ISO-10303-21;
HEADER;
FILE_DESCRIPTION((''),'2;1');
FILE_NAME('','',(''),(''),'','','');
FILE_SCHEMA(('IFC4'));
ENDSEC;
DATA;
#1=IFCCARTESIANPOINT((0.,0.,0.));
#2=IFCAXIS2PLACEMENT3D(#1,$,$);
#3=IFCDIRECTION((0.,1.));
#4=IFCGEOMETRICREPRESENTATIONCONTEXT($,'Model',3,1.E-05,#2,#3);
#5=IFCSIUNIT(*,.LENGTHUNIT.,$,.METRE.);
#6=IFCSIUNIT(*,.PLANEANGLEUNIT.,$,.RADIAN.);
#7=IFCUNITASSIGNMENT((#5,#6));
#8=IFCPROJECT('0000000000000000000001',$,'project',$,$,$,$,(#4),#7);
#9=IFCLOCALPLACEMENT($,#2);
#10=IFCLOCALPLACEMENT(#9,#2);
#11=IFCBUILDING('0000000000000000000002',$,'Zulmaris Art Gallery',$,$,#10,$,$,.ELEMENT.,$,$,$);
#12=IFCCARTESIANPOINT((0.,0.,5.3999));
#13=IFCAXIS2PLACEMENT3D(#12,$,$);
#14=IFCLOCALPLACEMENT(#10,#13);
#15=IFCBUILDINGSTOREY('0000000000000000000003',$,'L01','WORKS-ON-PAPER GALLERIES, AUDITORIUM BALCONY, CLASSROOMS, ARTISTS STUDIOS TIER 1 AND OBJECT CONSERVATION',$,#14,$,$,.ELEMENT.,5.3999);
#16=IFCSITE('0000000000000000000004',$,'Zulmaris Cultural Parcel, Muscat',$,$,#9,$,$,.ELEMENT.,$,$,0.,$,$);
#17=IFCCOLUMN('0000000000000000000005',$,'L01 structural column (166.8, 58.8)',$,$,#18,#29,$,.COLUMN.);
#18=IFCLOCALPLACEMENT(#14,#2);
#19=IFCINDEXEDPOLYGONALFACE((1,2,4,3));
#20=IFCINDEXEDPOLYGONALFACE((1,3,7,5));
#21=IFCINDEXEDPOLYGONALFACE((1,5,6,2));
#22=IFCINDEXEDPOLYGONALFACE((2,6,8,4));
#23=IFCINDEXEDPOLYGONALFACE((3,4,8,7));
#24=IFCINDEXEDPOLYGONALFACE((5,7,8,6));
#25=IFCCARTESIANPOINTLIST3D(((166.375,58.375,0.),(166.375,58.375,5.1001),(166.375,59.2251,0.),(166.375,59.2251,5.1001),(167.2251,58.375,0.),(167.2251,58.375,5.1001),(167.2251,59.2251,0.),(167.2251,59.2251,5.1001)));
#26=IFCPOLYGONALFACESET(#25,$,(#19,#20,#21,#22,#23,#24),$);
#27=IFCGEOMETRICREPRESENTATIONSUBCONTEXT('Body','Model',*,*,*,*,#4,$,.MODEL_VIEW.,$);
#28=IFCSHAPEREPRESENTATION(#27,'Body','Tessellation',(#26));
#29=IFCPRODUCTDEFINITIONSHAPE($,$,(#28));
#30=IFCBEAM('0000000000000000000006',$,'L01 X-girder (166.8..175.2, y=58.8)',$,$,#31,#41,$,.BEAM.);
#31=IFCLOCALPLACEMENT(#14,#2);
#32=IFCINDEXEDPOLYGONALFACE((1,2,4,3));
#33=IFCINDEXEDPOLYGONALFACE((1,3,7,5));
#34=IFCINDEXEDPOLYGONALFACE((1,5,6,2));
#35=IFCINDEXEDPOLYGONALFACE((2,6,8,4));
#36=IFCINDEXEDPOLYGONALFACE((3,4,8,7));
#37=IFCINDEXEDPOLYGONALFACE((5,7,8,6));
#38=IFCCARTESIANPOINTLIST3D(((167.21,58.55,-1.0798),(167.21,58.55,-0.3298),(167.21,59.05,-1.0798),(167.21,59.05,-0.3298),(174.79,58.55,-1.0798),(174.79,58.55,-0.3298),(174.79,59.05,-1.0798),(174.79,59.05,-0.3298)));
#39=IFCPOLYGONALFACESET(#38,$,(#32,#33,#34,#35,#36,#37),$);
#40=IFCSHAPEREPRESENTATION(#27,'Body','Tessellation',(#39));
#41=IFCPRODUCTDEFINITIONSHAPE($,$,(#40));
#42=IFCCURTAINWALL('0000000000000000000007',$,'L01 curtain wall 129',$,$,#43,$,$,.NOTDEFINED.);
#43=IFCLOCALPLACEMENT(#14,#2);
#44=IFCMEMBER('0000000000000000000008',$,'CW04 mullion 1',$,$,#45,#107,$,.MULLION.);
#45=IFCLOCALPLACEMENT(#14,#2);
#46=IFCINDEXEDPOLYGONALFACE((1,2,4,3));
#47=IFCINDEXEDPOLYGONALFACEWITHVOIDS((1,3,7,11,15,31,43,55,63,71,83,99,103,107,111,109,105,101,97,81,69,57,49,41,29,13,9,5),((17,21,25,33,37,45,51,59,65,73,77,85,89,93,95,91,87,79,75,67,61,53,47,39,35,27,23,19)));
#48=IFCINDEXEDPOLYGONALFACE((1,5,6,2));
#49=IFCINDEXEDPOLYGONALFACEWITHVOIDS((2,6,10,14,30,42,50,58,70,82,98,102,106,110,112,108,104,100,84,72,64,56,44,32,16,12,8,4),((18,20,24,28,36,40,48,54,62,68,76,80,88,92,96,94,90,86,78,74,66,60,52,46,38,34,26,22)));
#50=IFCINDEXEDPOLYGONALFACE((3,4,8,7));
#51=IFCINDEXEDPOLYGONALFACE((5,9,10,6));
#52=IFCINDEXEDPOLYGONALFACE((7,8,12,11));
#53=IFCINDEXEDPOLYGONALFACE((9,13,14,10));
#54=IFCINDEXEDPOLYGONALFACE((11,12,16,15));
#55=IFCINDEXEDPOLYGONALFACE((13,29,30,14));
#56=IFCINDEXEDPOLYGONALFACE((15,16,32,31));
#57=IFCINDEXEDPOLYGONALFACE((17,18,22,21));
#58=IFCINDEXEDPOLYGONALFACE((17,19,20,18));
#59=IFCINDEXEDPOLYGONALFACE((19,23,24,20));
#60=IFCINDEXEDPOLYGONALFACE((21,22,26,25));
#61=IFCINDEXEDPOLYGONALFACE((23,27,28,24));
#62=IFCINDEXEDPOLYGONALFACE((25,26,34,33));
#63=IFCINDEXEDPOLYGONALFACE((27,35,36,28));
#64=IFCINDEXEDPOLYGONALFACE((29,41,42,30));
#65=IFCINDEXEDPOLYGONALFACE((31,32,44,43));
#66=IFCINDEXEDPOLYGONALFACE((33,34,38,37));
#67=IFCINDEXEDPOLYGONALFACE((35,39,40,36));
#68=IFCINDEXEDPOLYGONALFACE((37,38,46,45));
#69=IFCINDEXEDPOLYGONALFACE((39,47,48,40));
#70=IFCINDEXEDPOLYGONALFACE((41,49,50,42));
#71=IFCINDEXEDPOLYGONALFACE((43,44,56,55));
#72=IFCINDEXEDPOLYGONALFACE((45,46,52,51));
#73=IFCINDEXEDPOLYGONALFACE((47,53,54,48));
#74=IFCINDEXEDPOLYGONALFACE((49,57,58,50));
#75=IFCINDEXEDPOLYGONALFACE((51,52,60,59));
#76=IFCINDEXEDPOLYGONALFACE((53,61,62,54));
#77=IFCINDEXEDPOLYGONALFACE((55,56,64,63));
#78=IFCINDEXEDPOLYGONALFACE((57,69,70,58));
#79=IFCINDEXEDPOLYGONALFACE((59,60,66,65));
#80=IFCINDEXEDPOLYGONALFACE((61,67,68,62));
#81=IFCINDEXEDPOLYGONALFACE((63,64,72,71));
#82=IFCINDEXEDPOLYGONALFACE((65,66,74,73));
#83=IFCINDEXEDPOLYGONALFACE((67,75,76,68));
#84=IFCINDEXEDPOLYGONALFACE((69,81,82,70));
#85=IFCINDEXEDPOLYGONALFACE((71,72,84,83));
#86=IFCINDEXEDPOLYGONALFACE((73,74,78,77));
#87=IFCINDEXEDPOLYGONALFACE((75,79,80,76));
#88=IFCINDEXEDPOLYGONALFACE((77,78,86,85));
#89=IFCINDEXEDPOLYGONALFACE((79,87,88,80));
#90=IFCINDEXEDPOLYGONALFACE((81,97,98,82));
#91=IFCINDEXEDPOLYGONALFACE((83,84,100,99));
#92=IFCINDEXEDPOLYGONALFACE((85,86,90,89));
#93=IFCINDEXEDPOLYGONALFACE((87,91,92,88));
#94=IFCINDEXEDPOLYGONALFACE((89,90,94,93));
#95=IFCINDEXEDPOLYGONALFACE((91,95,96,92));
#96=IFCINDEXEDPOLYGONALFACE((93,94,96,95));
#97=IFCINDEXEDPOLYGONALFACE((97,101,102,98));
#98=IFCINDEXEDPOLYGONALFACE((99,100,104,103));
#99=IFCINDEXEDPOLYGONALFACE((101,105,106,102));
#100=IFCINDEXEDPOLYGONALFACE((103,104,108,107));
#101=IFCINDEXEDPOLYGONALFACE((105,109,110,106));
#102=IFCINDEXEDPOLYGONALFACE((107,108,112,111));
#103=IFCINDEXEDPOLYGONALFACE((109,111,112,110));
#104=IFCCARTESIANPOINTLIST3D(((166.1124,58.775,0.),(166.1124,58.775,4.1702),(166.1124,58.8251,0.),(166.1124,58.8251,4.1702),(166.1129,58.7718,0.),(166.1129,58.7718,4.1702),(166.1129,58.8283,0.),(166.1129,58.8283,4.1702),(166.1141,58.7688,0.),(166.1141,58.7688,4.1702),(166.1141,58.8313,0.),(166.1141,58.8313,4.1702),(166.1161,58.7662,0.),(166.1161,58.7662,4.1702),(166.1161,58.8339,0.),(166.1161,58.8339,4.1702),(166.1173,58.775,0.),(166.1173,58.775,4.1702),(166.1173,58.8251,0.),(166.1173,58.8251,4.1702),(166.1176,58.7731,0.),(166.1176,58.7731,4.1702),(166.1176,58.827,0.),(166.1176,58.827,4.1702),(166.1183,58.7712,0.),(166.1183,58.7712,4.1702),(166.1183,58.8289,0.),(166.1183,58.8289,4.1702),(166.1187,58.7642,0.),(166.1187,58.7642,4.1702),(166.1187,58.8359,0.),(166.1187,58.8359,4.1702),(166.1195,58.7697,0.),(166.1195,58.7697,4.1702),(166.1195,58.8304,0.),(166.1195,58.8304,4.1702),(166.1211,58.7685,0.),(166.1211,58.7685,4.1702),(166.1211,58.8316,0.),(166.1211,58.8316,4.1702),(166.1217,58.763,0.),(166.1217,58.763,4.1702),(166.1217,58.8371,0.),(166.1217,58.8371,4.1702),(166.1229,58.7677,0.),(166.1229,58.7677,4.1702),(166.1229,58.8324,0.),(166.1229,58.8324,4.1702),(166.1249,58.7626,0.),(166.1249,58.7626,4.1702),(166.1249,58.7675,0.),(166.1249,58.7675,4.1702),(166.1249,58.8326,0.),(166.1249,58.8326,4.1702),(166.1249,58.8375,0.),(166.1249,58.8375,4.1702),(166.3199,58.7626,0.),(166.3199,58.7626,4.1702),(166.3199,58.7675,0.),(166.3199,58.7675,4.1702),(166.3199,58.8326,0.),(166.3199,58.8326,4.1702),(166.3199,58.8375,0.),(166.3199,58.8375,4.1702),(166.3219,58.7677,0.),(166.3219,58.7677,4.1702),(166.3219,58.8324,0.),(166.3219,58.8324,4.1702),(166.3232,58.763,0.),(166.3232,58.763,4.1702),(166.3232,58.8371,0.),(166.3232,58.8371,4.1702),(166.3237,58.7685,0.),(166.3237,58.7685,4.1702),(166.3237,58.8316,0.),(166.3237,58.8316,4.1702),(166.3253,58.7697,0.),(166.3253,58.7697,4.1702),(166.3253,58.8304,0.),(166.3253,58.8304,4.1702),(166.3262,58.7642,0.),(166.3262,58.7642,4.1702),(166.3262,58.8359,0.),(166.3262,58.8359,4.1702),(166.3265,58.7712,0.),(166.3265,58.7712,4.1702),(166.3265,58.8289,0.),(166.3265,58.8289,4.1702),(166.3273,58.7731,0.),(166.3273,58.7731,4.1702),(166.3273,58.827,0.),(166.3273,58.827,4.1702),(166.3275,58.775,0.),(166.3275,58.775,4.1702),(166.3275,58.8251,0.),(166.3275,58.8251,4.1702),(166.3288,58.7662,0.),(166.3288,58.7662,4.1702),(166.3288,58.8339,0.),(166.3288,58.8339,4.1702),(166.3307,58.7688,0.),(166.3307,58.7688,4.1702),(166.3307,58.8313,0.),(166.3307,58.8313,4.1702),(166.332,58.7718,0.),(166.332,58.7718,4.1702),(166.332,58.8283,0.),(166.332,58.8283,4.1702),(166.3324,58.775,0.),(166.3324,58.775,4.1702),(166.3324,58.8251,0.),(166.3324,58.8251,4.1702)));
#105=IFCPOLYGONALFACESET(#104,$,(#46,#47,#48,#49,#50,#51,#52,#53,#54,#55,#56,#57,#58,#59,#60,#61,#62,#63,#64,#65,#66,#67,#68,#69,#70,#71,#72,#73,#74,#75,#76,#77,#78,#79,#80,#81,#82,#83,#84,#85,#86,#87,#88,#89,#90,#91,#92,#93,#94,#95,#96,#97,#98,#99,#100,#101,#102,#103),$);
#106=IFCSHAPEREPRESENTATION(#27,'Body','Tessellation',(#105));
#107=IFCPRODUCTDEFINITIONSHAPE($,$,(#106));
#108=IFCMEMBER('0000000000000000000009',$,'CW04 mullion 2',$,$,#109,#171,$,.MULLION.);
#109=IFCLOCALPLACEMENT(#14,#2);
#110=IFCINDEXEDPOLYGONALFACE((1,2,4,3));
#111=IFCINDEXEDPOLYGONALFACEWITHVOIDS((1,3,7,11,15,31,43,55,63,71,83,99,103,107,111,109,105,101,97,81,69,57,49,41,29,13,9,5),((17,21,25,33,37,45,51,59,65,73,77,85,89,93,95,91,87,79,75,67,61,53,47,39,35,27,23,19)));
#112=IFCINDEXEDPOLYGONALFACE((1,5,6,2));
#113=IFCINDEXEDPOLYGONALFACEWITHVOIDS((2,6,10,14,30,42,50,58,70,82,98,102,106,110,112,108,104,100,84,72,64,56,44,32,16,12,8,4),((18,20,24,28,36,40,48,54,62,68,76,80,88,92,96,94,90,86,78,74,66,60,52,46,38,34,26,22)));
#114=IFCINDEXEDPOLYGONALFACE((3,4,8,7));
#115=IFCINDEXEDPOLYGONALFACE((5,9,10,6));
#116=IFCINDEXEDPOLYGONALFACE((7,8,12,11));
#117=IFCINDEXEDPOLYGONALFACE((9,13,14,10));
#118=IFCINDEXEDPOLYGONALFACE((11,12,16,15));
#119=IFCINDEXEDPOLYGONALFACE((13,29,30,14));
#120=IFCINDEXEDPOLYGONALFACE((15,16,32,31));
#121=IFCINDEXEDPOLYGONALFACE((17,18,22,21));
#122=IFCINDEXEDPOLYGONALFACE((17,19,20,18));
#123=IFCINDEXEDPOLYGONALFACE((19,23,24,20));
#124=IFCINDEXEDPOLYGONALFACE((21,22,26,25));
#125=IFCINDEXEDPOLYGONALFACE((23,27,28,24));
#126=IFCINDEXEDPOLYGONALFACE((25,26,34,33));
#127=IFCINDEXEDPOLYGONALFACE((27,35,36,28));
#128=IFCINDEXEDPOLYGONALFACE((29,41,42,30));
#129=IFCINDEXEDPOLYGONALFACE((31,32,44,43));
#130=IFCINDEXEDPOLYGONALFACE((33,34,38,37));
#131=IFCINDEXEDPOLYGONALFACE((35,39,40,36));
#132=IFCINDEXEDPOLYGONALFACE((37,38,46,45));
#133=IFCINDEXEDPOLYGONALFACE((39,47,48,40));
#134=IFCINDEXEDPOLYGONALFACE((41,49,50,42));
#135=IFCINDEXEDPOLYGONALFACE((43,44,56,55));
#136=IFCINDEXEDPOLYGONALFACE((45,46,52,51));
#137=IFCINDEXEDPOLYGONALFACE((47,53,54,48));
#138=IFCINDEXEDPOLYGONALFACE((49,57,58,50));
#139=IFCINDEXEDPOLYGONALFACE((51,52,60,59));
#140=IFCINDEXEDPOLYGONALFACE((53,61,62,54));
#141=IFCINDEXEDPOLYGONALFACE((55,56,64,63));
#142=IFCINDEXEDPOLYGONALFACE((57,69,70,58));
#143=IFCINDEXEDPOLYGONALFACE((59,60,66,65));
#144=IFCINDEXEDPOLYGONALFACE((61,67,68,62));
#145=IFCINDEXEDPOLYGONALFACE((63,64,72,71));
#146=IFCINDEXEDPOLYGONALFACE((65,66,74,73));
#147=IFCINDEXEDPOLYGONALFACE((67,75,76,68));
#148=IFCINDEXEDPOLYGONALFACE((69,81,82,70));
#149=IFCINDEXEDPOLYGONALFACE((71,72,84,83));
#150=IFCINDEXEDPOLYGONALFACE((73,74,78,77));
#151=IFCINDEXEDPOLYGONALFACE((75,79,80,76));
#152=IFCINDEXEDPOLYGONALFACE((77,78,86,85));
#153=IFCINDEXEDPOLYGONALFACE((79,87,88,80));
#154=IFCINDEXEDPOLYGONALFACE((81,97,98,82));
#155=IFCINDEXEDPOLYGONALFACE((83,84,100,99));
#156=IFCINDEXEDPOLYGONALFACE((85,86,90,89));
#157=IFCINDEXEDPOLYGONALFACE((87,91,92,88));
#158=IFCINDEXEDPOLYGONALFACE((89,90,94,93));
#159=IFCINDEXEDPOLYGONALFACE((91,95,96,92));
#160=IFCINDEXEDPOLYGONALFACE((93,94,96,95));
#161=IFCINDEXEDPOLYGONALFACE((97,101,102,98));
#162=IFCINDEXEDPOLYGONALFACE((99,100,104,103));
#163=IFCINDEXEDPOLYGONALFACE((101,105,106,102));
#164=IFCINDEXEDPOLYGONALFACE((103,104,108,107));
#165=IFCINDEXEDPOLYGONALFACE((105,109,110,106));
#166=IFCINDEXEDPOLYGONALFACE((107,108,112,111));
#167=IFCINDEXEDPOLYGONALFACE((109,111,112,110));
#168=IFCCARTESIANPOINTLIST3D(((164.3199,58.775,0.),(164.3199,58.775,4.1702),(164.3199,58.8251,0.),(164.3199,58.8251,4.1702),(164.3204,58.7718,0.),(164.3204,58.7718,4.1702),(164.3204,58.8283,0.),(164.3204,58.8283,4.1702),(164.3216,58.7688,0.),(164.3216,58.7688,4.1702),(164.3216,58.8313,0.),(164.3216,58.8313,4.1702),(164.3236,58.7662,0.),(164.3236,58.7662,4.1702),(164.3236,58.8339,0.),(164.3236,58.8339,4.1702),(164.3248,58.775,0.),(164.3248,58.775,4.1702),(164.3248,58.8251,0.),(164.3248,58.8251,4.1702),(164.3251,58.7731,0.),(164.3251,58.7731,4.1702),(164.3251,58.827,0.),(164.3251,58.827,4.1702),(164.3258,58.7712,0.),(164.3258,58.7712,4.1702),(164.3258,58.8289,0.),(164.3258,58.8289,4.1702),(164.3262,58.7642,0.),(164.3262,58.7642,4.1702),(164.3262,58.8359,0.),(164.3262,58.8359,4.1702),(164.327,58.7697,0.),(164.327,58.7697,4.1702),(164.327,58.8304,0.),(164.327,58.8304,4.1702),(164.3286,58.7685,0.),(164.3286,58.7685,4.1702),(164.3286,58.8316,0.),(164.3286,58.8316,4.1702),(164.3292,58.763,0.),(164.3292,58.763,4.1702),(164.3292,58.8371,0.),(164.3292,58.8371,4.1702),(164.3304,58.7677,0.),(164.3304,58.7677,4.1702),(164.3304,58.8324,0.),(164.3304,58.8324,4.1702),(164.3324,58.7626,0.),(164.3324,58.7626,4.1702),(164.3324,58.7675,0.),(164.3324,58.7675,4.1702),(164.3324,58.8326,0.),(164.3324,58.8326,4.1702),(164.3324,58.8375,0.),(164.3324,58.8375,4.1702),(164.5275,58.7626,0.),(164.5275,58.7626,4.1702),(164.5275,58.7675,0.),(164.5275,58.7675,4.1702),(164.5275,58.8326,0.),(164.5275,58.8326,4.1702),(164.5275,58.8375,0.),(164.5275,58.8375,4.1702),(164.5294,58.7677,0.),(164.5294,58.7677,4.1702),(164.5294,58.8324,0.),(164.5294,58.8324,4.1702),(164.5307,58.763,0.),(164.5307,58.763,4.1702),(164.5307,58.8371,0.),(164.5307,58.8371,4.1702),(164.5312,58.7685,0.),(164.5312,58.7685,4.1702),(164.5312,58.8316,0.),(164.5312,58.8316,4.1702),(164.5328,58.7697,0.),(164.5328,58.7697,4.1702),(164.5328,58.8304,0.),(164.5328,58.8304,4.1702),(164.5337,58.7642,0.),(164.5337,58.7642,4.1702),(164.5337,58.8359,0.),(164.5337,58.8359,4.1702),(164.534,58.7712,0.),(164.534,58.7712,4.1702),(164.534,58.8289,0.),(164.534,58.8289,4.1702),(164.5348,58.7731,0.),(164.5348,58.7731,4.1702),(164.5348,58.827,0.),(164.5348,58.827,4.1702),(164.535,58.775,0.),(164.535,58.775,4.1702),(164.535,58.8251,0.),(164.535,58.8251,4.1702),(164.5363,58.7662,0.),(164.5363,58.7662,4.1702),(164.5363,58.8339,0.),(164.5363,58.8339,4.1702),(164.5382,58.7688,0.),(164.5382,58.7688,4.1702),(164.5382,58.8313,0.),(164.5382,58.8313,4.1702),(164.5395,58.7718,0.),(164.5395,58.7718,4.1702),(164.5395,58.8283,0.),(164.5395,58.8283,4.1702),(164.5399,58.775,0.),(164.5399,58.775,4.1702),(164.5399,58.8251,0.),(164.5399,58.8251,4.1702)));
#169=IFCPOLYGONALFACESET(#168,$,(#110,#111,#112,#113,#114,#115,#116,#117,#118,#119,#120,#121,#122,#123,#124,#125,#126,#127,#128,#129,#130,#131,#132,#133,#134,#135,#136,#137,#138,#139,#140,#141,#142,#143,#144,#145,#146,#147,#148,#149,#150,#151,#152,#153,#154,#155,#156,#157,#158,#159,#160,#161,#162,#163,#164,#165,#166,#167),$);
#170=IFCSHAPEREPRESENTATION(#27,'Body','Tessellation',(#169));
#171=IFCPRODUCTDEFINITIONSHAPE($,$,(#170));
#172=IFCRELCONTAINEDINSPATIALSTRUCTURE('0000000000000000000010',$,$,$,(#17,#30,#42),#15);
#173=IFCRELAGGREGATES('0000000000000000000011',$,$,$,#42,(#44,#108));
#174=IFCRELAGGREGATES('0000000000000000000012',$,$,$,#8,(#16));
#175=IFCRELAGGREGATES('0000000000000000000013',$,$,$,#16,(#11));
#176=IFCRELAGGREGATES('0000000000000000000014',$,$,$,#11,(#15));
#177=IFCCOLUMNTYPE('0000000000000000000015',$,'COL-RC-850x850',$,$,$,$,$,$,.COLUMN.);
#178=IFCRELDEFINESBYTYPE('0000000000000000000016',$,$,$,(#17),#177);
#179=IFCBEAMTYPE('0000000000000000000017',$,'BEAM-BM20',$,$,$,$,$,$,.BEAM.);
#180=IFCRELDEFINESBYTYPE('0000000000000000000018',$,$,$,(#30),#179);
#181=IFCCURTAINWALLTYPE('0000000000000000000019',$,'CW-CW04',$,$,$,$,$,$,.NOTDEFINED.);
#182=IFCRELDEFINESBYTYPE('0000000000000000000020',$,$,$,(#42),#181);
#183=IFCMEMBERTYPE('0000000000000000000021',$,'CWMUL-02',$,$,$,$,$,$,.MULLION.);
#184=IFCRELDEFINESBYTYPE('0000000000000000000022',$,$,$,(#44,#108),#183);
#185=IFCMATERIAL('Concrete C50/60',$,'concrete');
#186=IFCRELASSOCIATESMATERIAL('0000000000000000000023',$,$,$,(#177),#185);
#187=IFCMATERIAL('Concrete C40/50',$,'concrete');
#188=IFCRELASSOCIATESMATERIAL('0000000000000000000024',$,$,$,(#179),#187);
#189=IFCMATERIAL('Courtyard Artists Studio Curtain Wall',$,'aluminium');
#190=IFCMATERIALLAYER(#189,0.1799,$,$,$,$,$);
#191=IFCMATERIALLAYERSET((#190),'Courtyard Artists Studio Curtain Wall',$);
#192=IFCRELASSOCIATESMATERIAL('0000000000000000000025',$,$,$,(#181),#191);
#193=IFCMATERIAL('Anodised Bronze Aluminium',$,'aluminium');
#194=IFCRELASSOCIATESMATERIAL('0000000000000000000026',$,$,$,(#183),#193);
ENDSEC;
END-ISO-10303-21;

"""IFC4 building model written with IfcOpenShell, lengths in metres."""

from ifc_helpers import new_model, si_unit, direction, frame, origin, origin_2d, place, context, subcontext, project, spatial, rectangle, hollow_rectangle, extrude, material, layer, layer_set, material_profile, profile_set, type_object, element, aggregate, save


model = new_model("IFC4")

# Units and contexts
model_context = context("Model", 3, precision=1e-05, world=origin(), true_north=direction((0.0, 1.0)))
body_context = subcontext(model_context, "Body", "Model", "MODEL_VIEW")
ifc_project = project(units=[si_unit("LENGTHUNIT", "METRE"), si_unit("PLANEANGLEUNIT", "RADIAN")], contexts=[model_context])

# Site, building, storey
site_placement = place(None, origin())
site = spatial("IfcSite", under=ifc_project, at=site_placement, Name="Zulmaris Cultural Parcel, Muscat", CompositionType="ELEMENT", RefElevation=0.0)
building_placement = place(site_placement, origin())
building = spatial("IfcBuilding", under=site, at=building_placement, Name="Zulmaris Art Gallery", CompositionType="ELEMENT")
storey_placement = place(building_placement, frame((0.0, 0.0, 5.3999)))
storey = spatial("IfcBuildingStorey", under=building, at=storey_placement, Name="L01", Description="WORKS-ON-PAPER GALLERIES, AUDITORIUM BALCONY, CLASSROOMS, ARTISTS STUDIOS TIER 1 AND OBJECT CONSERVATION", CompositionType="ELEMENT", Elevation=5.3999)

# Column
ifc_material_1 = material(Name="Concrete C50/60", Category="concrete")
ifc_material_profile_1 = material_profile(ifc_material_1, rectangle(XDim=0.8501, YDim=0.8501, at=origin_2d()), Name="RC 850x850")
ifc_profile_set_1 = profile_set([ifc_material_profile_1], Name="Concrete C50/60")
column_type = type_object("IfcColumnType", Name="COL-RC-850x850", PredefinedType="COLUMN", material=ifc_profile_set_1)
column_placement = place(storey_placement, frame((166.8, 58.8, 0.0), z_axis=(0.0, 0.0, 1.0), x_axis=(1.0, 0.0, 0.0)))
element("IfcColumn", 1, at=column_placement, inside=storey, type_object=column_type, Name="L01 structural column (166.8, 58.8)", PredefinedType="COLUMN", context=body_context, shape_type="SweptSolid", body=[
    extrude(rectangle(XDim=0.8501, YDim=0.8501, at=origin_2d()), origin(), (0.0, 0.0, 1.0), 5.1001),
])

# Beam
ifc_material_2 = material(Name="Concrete C40/50", Category="concrete")
ifc_material_profile_2 = material_profile(ifc_material_2, rectangle(XDim=0.5, YDim=0.75, at=origin_2d()), Name="RC 500x750")
ifc_profile_set_2 = profile_set([ifc_material_profile_2], Name="Concrete C40/50")
beam_type = type_object("IfcBeamType", Name="BEAM-BM20", PredefinedType="BEAM", material=ifc_profile_set_2)
beam_placement = place(storey_placement, frame((167.21, 58.8, -0.7048), z_axis=(1.0, 0.0, 0.0), x_axis=(0.0, 1.0, 0.0)))
element("IfcBeam", 2, at=beam_placement, inside=storey, type_object=beam_type, Name="L01 X-girder (166.8..175.2, y=58.8)", PredefinedType="BEAM", context=body_context, shape_type="SweptSolid", body=[
    extrude(rectangle(XDim=0.5, YDim=0.75, at=origin_2d()), origin(), (0.0, 0.0, 1.0), 7.5801),
])

# Curtain wall, members
ifc_material_3 = material(Name="Courtyard Artists Studio Curtain Wall", Category="aluminium")
ifc_layer_1 = layer(ifc_material_3, 0.1799)
ifc_layer_set_1 = layer_set([ifc_layer_1], Name="Courtyard Artists Studio Curtain Wall")
curtain_wall_type = type_object("IfcCurtainWallType", Name="CW-CW04", PredefinedType="NOTDEFINED", material=ifc_layer_set_1)
curtain_wall_1_placement = place(storey_placement, origin())
curtain_wall_1 = element("IfcCurtainWall", 3, at=curtain_wall_1_placement, inside=storey, type_object=curtain_wall_type, Name="L01 curtain wall 129", PredefinedType="NOTDEFINED")
ifc_material_4 = material(Name="Anodised Bronze Aluminium", Category="aluminium")
ifc_material_profile_3 = material_profile(ifc_material_4, hollow_rectangle(XDim=0.075, YDim=0.22, WallThickness=0.0049, InnerFilletRadius=0.0076, OuterFilletRadius=0.0125, at=origin_2d()), Name="ALU 75x220x5")
ifc_profile_set_3 = profile_set([ifc_material_profile_3], Name="Anodised Bronze Aluminium")
member_type_1 = type_object("IfcMemberType", Name="CWMUL-02", PredefinedType="MULLION", material=ifc_profile_set_3)
member_1_placement = place(storey_placement, frame((166.2224, 58.8, 0.0), z_axis=(0.0, 0.0, 1.0), x_axis=(0.0, -1.0, 0.0)))
member_1 = element("IfcMember", 4, at=member_1_placement, type_object=member_type_1, Name="CW04 mullion 1", PredefinedType="MULLION", context=body_context, shape_type="SweptSolid", body=[
    extrude(hollow_rectangle(XDim=0.075, YDim=0.22, WallThickness=0.0049, InnerFilletRadius=0.0076, OuterFilletRadius=0.0125, at=origin_2d()), origin(), (0.0, 0.0, 1.0), 4.1702),
])
member_2_placement = place(storey_placement, frame((164.4299, 58.8, 0.0), z_axis=(0.0, 0.0, 1.0), x_axis=(0.0, -1.0, 0.0)))
member_2 = element("IfcMember", 5, at=member_2_placement, type_object=member_type_1, Name="CW04 mullion 2", PredefinedType="MULLION", context=body_context, shape_type="SweptSolid", body=[
    extrude(hollow_rectangle(XDim=0.075, YDim=0.22, WallThickness=0.0049, InnerFilletRadius=0.0076, OuterFilletRadius=0.0125, at=origin_2d()), origin(), (0.0, 0.0, 1.0), 4.1702),
])

aggregate(curtain_wall_1, [member_1, member_2])

save(model, "model.ifc")
